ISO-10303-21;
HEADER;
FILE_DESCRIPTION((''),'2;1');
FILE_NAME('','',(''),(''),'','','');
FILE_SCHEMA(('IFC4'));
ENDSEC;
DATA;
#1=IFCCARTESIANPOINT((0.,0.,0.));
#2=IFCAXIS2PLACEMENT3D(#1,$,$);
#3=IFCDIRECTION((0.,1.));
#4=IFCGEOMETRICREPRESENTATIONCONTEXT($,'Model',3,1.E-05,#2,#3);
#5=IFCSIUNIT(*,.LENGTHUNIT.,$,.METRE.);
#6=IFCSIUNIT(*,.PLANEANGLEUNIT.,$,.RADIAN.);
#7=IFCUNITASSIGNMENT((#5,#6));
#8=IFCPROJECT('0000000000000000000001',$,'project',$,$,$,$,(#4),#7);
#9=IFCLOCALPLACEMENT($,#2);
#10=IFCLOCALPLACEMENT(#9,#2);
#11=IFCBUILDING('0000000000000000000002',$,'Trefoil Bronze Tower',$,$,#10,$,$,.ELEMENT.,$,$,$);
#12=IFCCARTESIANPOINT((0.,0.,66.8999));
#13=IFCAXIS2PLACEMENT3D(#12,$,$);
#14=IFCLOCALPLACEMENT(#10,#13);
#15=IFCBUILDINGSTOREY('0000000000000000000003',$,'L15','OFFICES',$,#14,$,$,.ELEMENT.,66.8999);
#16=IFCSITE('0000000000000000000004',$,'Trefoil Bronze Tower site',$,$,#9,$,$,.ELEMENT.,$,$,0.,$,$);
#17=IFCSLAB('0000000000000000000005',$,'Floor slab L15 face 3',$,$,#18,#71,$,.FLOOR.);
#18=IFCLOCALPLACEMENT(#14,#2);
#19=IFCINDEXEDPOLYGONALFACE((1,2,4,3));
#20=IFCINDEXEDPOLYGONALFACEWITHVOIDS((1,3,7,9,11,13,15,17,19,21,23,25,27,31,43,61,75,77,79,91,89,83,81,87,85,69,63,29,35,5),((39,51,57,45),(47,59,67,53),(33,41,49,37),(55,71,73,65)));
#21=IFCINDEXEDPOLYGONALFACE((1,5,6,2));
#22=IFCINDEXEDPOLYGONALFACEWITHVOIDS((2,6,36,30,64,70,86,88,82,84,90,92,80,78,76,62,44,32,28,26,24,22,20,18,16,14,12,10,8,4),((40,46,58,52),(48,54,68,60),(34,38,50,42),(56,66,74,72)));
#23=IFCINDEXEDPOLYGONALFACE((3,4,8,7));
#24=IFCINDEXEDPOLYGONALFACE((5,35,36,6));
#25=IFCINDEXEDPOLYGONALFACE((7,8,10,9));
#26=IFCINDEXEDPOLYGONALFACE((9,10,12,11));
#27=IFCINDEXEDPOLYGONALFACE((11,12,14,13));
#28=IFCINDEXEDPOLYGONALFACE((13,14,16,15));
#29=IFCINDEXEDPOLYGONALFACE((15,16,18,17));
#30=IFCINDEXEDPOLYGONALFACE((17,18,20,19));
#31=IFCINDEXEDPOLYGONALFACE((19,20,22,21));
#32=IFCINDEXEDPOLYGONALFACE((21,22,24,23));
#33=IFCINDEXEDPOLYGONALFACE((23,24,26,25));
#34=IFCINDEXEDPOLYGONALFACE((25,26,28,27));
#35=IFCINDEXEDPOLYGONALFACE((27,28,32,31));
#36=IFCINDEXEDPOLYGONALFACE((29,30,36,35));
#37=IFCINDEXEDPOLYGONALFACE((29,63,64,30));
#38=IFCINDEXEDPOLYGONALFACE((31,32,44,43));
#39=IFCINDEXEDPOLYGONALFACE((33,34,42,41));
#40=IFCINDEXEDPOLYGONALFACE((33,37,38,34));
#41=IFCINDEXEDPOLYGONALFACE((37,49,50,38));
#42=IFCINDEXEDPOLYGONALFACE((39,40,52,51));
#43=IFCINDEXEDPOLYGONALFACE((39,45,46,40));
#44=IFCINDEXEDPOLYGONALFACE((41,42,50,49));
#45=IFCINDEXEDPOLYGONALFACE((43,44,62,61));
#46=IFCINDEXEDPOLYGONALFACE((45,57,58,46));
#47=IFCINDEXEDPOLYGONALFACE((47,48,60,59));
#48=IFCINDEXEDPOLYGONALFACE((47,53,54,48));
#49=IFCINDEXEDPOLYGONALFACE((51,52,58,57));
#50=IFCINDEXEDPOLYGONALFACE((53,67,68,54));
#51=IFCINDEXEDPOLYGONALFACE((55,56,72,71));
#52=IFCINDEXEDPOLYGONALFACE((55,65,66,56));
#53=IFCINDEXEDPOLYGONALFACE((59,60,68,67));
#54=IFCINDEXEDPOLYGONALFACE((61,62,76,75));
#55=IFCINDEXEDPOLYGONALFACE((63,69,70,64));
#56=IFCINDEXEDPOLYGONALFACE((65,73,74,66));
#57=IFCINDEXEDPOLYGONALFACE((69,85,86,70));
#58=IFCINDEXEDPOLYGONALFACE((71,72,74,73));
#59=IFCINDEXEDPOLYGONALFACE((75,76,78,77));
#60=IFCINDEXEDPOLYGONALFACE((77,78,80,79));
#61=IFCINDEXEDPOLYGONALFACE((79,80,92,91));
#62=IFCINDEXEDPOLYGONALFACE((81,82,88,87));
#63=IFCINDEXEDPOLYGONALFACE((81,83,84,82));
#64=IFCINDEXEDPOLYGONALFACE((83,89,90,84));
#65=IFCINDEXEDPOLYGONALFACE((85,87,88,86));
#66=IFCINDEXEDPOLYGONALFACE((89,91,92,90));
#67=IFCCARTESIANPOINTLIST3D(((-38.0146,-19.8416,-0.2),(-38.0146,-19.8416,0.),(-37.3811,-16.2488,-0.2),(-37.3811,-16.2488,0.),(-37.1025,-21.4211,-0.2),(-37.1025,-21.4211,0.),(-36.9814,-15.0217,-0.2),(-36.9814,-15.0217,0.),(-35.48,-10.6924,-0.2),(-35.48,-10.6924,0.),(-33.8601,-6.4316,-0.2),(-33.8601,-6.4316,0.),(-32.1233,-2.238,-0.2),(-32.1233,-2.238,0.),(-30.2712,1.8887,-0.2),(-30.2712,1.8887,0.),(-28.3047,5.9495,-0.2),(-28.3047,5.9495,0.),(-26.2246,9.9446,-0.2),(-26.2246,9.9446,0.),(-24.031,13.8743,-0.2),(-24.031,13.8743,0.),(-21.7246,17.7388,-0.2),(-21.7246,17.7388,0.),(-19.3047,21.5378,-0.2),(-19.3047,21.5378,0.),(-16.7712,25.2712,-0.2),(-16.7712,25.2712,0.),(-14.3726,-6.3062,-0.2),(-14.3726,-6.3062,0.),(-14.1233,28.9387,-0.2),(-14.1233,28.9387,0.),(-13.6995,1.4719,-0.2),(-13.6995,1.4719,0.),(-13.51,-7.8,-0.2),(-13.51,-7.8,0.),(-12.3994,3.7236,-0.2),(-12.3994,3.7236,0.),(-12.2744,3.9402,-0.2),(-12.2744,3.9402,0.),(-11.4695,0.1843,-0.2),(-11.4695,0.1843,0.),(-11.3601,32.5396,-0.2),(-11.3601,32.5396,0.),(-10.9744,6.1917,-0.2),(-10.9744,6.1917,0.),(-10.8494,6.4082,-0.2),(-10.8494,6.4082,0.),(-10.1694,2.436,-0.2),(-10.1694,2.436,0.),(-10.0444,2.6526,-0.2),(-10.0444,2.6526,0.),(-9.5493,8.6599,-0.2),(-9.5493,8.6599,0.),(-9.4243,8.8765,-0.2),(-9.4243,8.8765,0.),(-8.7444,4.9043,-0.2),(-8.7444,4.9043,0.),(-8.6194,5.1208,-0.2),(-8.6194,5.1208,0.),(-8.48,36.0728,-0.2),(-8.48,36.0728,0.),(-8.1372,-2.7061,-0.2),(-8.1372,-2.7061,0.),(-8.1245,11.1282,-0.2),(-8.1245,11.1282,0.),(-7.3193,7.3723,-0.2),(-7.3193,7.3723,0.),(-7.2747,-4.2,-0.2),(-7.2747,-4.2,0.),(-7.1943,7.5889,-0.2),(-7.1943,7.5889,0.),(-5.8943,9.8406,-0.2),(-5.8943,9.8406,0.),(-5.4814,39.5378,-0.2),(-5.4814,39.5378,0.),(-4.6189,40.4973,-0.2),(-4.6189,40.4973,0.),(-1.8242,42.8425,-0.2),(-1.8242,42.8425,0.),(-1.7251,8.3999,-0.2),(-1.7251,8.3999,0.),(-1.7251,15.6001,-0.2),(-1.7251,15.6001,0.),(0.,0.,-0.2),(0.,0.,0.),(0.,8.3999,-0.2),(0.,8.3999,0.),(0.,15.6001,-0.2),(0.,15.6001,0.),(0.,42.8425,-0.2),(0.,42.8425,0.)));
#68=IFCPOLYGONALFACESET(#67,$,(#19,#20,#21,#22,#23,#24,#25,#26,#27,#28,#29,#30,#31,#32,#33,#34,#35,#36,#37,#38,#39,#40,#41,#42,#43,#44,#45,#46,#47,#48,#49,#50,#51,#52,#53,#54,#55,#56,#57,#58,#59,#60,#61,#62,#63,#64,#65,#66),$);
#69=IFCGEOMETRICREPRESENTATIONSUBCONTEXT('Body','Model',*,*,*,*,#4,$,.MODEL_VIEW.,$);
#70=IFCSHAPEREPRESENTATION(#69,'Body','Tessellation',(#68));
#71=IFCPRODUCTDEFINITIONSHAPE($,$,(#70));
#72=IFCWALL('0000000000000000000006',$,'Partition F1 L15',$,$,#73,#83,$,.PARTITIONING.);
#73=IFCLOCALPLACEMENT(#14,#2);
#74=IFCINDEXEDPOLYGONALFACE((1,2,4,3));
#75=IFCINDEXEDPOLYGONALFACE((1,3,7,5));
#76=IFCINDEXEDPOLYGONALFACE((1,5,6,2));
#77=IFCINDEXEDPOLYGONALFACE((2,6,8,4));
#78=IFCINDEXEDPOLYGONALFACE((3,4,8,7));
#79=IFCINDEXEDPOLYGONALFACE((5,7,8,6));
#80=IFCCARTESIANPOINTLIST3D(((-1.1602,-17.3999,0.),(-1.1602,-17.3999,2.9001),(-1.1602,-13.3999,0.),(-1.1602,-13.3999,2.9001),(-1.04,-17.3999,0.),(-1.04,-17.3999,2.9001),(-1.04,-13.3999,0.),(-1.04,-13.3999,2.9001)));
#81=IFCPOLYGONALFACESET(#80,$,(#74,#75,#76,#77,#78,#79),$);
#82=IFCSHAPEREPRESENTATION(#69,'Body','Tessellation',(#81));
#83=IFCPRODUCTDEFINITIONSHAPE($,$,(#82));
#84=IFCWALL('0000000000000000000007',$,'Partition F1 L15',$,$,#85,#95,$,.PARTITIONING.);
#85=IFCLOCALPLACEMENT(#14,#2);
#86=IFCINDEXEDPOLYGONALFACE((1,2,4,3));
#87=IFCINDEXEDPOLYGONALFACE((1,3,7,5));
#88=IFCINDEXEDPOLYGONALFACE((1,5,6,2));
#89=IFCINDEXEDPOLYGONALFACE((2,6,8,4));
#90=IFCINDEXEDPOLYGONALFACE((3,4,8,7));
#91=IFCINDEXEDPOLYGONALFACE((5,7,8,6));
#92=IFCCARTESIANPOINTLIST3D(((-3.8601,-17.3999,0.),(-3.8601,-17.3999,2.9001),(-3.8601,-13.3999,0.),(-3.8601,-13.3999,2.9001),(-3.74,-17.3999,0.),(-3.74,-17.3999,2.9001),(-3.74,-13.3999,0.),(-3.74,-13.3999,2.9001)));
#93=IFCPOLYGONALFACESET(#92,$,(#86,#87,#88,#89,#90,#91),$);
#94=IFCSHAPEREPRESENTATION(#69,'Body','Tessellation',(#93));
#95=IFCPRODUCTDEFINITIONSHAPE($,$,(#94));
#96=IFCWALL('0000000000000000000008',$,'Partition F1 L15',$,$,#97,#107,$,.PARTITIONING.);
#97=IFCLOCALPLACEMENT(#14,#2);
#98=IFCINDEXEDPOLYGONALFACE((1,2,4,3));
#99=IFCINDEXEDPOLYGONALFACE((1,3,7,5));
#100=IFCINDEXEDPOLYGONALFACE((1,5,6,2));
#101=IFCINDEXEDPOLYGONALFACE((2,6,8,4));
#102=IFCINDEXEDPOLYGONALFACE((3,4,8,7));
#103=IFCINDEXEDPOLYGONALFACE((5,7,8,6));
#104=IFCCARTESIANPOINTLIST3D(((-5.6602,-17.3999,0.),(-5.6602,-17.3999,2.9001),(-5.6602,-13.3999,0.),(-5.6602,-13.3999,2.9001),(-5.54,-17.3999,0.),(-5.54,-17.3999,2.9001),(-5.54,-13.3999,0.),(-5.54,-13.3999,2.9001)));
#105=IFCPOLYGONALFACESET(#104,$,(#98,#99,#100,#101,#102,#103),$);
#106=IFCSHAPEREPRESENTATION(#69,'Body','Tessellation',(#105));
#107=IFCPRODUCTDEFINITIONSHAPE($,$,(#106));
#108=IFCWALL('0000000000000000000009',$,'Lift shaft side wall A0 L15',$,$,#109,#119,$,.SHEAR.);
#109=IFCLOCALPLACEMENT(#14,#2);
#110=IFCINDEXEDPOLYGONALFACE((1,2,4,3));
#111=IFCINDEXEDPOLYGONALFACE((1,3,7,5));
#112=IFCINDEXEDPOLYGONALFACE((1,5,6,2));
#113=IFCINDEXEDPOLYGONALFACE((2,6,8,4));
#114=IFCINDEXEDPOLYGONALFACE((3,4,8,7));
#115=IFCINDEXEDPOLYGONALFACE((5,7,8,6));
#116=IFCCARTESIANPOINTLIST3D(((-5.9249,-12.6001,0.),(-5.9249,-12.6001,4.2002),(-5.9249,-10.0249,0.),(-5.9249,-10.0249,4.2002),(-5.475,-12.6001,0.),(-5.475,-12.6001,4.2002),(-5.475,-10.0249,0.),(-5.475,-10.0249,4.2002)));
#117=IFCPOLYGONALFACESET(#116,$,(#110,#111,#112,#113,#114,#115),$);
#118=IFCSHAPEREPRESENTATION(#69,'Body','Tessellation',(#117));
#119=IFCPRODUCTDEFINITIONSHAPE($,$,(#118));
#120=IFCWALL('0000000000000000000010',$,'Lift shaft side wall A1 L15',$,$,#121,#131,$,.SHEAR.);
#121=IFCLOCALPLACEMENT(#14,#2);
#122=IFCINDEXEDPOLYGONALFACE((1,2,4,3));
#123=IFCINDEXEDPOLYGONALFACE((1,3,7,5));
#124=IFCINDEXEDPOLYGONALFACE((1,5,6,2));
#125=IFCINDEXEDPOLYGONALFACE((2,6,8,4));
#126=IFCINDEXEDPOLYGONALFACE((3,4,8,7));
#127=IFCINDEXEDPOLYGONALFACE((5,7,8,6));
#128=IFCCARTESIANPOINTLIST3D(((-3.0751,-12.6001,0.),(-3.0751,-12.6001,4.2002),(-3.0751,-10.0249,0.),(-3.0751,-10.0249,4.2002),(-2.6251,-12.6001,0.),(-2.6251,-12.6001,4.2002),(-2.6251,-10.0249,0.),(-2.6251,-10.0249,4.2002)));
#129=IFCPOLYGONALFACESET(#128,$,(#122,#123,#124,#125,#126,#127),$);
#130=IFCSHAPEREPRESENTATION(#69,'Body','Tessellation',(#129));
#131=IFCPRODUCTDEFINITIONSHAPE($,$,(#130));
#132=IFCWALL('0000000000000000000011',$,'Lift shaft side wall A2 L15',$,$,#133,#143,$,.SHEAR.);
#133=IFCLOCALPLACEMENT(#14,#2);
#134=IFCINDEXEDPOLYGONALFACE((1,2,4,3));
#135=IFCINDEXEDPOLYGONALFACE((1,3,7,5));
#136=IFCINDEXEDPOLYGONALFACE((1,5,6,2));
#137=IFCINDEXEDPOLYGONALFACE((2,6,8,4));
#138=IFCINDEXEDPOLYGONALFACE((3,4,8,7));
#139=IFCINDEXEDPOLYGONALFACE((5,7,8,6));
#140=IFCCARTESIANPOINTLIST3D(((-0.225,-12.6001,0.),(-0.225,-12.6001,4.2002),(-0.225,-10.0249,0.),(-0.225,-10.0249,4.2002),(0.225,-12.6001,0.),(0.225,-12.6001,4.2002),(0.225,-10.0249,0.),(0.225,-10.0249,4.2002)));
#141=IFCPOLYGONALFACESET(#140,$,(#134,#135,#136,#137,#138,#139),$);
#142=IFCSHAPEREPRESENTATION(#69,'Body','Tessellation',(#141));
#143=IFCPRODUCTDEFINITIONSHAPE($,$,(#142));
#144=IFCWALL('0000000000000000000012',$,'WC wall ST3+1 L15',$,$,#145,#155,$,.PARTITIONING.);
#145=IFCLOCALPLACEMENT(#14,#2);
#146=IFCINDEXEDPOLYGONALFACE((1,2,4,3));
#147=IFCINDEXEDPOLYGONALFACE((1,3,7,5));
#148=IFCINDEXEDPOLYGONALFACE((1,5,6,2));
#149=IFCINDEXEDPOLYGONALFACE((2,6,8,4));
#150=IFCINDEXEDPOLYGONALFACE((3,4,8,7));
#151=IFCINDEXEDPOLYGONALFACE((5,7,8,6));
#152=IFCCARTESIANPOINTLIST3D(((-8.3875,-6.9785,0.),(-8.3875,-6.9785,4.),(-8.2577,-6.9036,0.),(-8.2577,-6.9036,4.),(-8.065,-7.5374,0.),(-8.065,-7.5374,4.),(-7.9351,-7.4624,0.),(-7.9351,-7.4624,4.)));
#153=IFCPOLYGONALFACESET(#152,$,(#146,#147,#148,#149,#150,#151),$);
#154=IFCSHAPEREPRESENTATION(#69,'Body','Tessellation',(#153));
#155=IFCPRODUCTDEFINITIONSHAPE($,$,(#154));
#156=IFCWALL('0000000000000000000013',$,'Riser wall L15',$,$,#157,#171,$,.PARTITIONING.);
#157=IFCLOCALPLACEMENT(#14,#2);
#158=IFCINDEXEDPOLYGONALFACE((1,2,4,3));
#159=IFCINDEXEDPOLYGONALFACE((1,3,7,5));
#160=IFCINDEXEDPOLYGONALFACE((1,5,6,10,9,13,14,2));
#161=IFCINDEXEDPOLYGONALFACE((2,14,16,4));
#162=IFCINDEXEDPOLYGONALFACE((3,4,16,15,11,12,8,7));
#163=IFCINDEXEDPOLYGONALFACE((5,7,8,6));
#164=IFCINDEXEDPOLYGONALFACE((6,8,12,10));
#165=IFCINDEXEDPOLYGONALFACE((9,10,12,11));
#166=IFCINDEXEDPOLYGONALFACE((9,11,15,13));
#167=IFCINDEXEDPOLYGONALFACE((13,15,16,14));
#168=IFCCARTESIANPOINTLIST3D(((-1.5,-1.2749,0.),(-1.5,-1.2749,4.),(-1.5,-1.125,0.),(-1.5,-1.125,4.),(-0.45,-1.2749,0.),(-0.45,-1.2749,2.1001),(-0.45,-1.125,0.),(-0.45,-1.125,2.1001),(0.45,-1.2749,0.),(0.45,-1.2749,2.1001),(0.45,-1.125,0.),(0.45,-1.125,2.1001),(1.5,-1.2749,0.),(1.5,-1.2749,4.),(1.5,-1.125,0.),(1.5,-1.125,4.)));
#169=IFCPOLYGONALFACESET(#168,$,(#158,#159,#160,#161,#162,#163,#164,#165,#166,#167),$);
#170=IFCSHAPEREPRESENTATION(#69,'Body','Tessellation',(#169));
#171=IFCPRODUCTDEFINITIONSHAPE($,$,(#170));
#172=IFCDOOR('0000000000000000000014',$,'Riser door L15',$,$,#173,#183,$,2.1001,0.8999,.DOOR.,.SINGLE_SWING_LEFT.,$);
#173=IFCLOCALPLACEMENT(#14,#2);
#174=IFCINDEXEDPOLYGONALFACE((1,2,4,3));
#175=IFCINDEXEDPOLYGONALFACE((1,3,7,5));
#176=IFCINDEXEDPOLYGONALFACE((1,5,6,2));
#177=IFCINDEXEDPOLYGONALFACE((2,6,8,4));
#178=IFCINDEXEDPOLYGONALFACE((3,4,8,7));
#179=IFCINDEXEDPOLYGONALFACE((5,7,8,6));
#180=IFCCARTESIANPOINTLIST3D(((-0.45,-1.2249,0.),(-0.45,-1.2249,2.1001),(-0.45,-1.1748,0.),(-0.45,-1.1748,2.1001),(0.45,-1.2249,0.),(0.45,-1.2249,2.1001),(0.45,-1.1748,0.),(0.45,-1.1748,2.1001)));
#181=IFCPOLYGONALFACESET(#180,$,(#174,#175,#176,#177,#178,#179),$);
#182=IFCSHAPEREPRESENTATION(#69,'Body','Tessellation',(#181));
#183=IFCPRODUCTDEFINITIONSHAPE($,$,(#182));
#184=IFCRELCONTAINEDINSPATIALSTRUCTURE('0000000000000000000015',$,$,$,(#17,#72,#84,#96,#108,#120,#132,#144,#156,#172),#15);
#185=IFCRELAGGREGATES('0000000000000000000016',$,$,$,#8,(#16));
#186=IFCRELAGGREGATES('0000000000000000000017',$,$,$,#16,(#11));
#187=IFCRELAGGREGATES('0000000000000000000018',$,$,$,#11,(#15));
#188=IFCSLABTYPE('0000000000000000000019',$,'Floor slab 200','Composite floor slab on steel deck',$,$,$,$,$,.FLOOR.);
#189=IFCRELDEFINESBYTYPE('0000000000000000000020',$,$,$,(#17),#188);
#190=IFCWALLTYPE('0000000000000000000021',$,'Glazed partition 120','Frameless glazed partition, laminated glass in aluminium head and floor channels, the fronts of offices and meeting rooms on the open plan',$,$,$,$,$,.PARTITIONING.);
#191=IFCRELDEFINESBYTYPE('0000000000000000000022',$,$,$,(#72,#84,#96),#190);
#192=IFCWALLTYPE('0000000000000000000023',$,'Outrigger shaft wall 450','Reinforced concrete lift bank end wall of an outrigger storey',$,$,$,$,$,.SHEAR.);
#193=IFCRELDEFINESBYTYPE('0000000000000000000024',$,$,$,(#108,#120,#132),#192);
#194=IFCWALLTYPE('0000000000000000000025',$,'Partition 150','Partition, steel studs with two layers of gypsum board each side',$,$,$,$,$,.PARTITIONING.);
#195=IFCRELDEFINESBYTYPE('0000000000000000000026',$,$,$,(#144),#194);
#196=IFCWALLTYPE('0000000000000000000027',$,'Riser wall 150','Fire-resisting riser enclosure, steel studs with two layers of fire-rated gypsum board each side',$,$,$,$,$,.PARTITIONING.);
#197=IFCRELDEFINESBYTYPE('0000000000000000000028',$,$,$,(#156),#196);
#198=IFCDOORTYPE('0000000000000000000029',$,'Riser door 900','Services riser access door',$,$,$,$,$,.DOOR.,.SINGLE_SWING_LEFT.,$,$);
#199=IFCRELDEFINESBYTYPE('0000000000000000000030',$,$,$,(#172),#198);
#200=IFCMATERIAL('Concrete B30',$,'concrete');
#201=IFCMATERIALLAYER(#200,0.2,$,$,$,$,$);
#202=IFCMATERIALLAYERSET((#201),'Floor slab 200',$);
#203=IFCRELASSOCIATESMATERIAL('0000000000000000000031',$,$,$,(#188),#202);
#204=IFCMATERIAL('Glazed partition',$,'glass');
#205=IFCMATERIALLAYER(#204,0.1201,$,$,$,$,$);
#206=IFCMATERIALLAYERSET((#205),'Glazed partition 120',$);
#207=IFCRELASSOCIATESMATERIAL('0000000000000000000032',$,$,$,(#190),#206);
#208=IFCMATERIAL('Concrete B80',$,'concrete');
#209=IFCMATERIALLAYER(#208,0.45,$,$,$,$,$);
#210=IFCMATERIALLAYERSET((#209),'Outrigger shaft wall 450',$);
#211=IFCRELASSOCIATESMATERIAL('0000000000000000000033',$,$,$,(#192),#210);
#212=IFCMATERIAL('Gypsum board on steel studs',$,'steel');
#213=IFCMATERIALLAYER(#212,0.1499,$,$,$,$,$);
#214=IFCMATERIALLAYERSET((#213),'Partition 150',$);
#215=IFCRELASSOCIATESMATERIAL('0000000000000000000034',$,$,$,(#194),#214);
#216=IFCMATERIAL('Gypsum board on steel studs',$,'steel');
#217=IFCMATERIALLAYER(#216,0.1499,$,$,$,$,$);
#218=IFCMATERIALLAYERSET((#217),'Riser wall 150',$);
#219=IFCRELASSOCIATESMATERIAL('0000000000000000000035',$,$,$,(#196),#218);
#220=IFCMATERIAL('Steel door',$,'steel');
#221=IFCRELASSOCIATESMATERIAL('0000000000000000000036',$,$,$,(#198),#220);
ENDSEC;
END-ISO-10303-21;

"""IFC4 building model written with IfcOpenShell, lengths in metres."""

from ifc_helpers import new_model, si_unit, direction, frame, frame_2d, origin, place, context, subcontext, project, spatial, polyline, rectangle, outline, extrude, material, layer, layer_set, type_object, element, fill, save


model = new_model("IFC4")

# Units and contexts
model_context = context("Model", 3, precision=1e-05, world=origin(), true_north=direction((0.0, 1.0)))
body_context = subcontext(model_context, "Body", "Model", "MODEL_VIEW")
ifc_project = project(units=[si_unit("LENGTHUNIT", "METRE"), si_unit("PLANEANGLEUNIT", "RADIAN")], contexts=[model_context])

# Site, building, storey
site_placement = place(None, origin())
site = spatial("IfcSite", under=ifc_project, at=site_placement, Name="Trefoil Bronze Tower site", CompositionType="ELEMENT", RefElevation=0.0)
building_placement = place(site_placement, origin())
building = spatial("IfcBuilding", under=site, at=building_placement, Name="Trefoil Bronze Tower", CompositionType="ELEMENT")
storey_placement = place(building_placement, frame((0.0, 0.0, 66.8999)))
storey = spatial("IfcBuildingStorey", under=building, at=storey_placement, Name="L15", Description="OFFICES", CompositionType="ELEMENT", Elevation=66.8999)

# Slab
ifc_material_1 = material(Name="Concrete B30", Category="concrete")
ifc_layer_1 = layer(ifc_material_1, 0.2)
ifc_layer_set_1 = layer_set([ifc_layer_1], Name="Floor slab 200")
slab_type = type_object("IfcSlabType", Name="Floor slab 200", Description="Composite floor slab on steel deck", PredefinedType="FLOOR", material=ifc_layer_set_1)
slab_1_placement = place(storey_placement, frame((0.0, 0.0, -0.2)))
element("IfcSlab", 1, at=slab_1_placement, inside=storey, type_object=slab_type, Name="Floor slab L15 face 3", PredefinedType="FLOOR", context=body_context, shape_type="SweptSolid", body=[
    extrude(outline(polyline([(-35.48, -10.6924), (-33.8601, -6.4316), (-32.1233, -2.238), (-30.2712, 1.8887), (-28.3047, 5.9495), (-26.2246, 9.9446), (-24.031, 13.8743), (-21.7246, 17.7388), (-19.3047, 21.5378), (-16.7712, 25.2712), (-14.1233, 28.9387), (-11.3601, 32.5396), (-8.48, 36.0728), (-5.4814, 39.5378), (-4.6189, 40.4973), (-1.8242, 42.8425), (0.0, 42.8425), (0.0, 15.6001), (-1.7251, 15.6001), (-1.7251, 8.3999), (0.0, 8.3999), (0.0, 0.0), (-7.2747, -4.2), (-8.1372, -2.7061), (-14.3726, -6.3062), (-13.51, -7.8), (-37.1025, -21.4211), (-38.0146, -19.8416), (-37.3811, -16.2488), (-36.9814, -15.0217), (-35.48, -10.6924)]), holes=[polyline([(-5.8943, 9.8406), (-7.1943, 7.5889), (-9.4243, 8.8765), (-8.1245, 11.1282), (-5.8943, 9.8406)]), polyline([(-7.3193, 7.3723), (-8.6194, 5.1208), (-10.8494, 6.4082), (-9.5493, 8.6599), (-7.3193, 7.3723)]), polyline([(-8.7444, 4.9043), (-10.0444, 2.6526), (-12.2744, 3.9402), (-10.9744, 6.1917), (-8.7444, 4.9043)]), polyline([(-10.1694, 2.436), (-11.4695, 0.1843), (-13.6995, 1.4719), (-12.3994, 3.7236), (-10.1694, 2.436)])]), origin(), (0.0, 0.0, 1.0), 0.2),
])

# Walls
ifc_material_2 = material(Name="Glazed partition", Category="glass")
ifc_layer_2 = layer(ifc_material_2, 0.1201)
ifc_layer_set_2 = layer_set([ifc_layer_2], Name="Glazed partition 120")
wall_type_1 = type_object("IfcWallType", Name="Glazed partition 120", Description="Frameless glazed partition, laminated glass in aluminium head and floor channels, the fronts of offices and meeting rooms on the open plan", PredefinedType="PARTITIONING", material=ifc_layer_set_2)
for number, where, z_axis, x_axis, name in (
    (2, (-1.1001, -13.3999, 0.0), (0.0, 0.0, 1.0), (0.0, -1.0, 0.0), "Partition F1 L15"),
    (3, (-3.8, -13.3999, 0.0), (0.0, 0.0, 1.0), (0.0, -1.0, 0.0), "Partition F1 L15"),
    (4, (-5.6001, -13.3999, 0.0), (0.0, 0.0, 1.0), (0.0, -1.0, 0.0), "Partition F1 L15"),
):
    element("IfcWall", number, at=place(storey_placement, frame(where, z_axis=z_axis, x_axis=x_axis)), inside=storey, type_object=wall_type_1, Name=name, PredefinedType="PARTITIONING", context=body_context, shape_type="SweptSolid", body=[
        extrude(rectangle(XDim=4.0, YDim=0.1201, at=frame_2d((2.0, 0.0))), origin(), (0.0, 0.0, 1.0), 2.9001),
    ])
ifc_material_3 = material(Name="Concrete B80", Category="concrete")
ifc_layer_3 = layer(ifc_material_3, 0.45)
ifc_layer_set_3 = layer_set([ifc_layer_3], Name="Outrigger shaft wall 450")
wall_type_2 = type_object("IfcWallType", Name="Outrigger shaft wall 450", Description="Reinforced concrete lift bank end wall of an outrigger storey", PredefinedType="SHEAR", material=ifc_layer_set_3)
for number, where, z_axis, x_axis, name in (
    (5, (-5.7, -10.0249, 0.0), (0.0, 0.0, 1.0), (0.0, -1.0, 0.0), "Lift shaft side wall A0 L15"),
    (6, (-2.8501, -10.0249, 0.0), (0.0, 0.0, 1.0), (0.0, -1.0, 0.0), "Lift shaft side wall A1 L15"),
    (7, (0.0, -10.0249, 0.0), (0.0, 0.0, 1.0), (0.0, -1.0, 0.0), "Lift shaft side wall A2 L15"),
):
    element("IfcWall", number, at=place(storey_placement, frame(where, z_axis=z_axis, x_axis=x_axis)), inside=storey, type_object=wall_type_2, Name=name, PredefinedType="SHEAR", context=body_context, shape_type="SweptSolid", body=[
        extrude(rectangle(XDim=2.5752, YDim=0.45, at=frame_2d((1.2876, 0.0))), origin(), (0.0, 0.0, 1.0), 4.2002),
    ])
ifc_material_4 = material(Name="Gypsum board on steel studs", Category="steel")
ifc_layer_4 = layer(ifc_material_4, 0.1499)
ifc_layer_set_4 = layer_set([ifc_layer_4], Name="Partition 150")
wall_type_3 = type_object("IfcWallType", Name="Partition 150", Description="Partition, steel studs with two layers of gypsum board each side", PredefinedType="PARTITIONING", material=ifc_layer_set_4)
wall_1_placement = place(storey_placement, frame((-8.0, -7.5, 0.0), z_axis=(0.0, 0.0, 1.0), x_axis=(-0.499843, 0.866116, 0.0)))
element("IfcWall", 8, at=wall_1_placement, inside=storey, type_object=wall_type_3, Name="WC wall ST3+1 L15", PredefinedType="PARTITIONING", context=body_context, shape_type="SweptSolid", body=[
    extrude(rectangle(XDim=0.6453, YDim=0.1499, at=frame_2d((0.3228, 0.0))), origin(), (0.0, 0.0, 1.0), 4.0),
])

# Wall, opening, door
ifc_material_5 = material(Name="Gypsum board on steel studs", Category="steel")
ifc_layer_5 = layer(ifc_material_5, 0.1499)
ifc_layer_set_5 = layer_set([ifc_layer_5], Name="Riser wall 150")
wall_type_4 = type_object("IfcWallType", Name="Riser wall 150", Description="Fire-resisting riser enclosure, steel studs with two layers of fire-rated gypsum board each side", PredefinedType="PARTITIONING", material=ifc_layer_set_5)
wall_2_placement = place(storey_placement, frame((-1.5, -1.2, 0.0), z_axis=(0.0, 0.0, 1.0), x_axis=(1.0, 0.0, 0.0)))
wall_2 = element("IfcWall", 9, at=wall_2_placement, inside=storey, type_object=wall_type_4, Name="Riser wall L15", PredefinedType="PARTITIONING", context=body_context, shape_type="SweptSolid", body=[
    extrude(rectangle(XDim=3.0, YDim=0.1499, at=frame_2d((1.5, 0.0))), origin(), (0.0, 0.0, 1.0), 4.0),
])
opening_1_placement = place(wall_2_placement, frame((1.05, 0.0, 0.0)))
opening_1 = element("IfcOpeningElement", 10, at=opening_1_placement, cuts=wall_2, PredefinedType="OPENING", context=body_context, shape_type="SweptSolid", body=[
    extrude(rectangle(XDim=0.8999, YDim=2.1001, at=frame_2d((0.45, 1.05))), frame((0.0, 0.085, 0.0), z_axis=(0.0, -1.0, 0.0), x_axis=(1.0, 0.0, 0.0)), (0.0, 0.0, 1.0), 0.1699),
])
ifc_material_6 = material(Name="Steel door", Category="steel")
door_type_1 = type_object("IfcDoorType", Name="Riser door 900", Description="Services riser access door", OperationType="SINGLE_SWING_LEFT", PredefinedType="DOOR", material=ifc_material_6)
door_1_placement = place(opening_1_placement, frame((0.8999, 0.0, 0.0), z_axis=(0.0, 0.0, 1.0), x_axis=(-1.0, 0.0, 0.0)))
door_1 = element("IfcDoor", 11, at=door_1_placement, inside=storey, type_object=door_type_1, Name="Riser door L15", OperationType="SINGLE_SWING_LEFT", OverallHeight=2.1001, OverallWidth=0.8999, PredefinedType="DOOR", context=body_context, shape_type="SweptSolid", body=[
    extrude(rectangle(XDim=0.8999, YDim=2.1001, at=frame_2d((0.45, 1.05))), frame((0.0, 0.0249, 0.0), z_axis=(0.0, -1.0, 0.0), x_axis=(1.0, 0.0, 0.0)), (0.0, 0.0, 1.0), 0.05),
])
fill(opening_1, door_1)

save(model, "model.ifc")
